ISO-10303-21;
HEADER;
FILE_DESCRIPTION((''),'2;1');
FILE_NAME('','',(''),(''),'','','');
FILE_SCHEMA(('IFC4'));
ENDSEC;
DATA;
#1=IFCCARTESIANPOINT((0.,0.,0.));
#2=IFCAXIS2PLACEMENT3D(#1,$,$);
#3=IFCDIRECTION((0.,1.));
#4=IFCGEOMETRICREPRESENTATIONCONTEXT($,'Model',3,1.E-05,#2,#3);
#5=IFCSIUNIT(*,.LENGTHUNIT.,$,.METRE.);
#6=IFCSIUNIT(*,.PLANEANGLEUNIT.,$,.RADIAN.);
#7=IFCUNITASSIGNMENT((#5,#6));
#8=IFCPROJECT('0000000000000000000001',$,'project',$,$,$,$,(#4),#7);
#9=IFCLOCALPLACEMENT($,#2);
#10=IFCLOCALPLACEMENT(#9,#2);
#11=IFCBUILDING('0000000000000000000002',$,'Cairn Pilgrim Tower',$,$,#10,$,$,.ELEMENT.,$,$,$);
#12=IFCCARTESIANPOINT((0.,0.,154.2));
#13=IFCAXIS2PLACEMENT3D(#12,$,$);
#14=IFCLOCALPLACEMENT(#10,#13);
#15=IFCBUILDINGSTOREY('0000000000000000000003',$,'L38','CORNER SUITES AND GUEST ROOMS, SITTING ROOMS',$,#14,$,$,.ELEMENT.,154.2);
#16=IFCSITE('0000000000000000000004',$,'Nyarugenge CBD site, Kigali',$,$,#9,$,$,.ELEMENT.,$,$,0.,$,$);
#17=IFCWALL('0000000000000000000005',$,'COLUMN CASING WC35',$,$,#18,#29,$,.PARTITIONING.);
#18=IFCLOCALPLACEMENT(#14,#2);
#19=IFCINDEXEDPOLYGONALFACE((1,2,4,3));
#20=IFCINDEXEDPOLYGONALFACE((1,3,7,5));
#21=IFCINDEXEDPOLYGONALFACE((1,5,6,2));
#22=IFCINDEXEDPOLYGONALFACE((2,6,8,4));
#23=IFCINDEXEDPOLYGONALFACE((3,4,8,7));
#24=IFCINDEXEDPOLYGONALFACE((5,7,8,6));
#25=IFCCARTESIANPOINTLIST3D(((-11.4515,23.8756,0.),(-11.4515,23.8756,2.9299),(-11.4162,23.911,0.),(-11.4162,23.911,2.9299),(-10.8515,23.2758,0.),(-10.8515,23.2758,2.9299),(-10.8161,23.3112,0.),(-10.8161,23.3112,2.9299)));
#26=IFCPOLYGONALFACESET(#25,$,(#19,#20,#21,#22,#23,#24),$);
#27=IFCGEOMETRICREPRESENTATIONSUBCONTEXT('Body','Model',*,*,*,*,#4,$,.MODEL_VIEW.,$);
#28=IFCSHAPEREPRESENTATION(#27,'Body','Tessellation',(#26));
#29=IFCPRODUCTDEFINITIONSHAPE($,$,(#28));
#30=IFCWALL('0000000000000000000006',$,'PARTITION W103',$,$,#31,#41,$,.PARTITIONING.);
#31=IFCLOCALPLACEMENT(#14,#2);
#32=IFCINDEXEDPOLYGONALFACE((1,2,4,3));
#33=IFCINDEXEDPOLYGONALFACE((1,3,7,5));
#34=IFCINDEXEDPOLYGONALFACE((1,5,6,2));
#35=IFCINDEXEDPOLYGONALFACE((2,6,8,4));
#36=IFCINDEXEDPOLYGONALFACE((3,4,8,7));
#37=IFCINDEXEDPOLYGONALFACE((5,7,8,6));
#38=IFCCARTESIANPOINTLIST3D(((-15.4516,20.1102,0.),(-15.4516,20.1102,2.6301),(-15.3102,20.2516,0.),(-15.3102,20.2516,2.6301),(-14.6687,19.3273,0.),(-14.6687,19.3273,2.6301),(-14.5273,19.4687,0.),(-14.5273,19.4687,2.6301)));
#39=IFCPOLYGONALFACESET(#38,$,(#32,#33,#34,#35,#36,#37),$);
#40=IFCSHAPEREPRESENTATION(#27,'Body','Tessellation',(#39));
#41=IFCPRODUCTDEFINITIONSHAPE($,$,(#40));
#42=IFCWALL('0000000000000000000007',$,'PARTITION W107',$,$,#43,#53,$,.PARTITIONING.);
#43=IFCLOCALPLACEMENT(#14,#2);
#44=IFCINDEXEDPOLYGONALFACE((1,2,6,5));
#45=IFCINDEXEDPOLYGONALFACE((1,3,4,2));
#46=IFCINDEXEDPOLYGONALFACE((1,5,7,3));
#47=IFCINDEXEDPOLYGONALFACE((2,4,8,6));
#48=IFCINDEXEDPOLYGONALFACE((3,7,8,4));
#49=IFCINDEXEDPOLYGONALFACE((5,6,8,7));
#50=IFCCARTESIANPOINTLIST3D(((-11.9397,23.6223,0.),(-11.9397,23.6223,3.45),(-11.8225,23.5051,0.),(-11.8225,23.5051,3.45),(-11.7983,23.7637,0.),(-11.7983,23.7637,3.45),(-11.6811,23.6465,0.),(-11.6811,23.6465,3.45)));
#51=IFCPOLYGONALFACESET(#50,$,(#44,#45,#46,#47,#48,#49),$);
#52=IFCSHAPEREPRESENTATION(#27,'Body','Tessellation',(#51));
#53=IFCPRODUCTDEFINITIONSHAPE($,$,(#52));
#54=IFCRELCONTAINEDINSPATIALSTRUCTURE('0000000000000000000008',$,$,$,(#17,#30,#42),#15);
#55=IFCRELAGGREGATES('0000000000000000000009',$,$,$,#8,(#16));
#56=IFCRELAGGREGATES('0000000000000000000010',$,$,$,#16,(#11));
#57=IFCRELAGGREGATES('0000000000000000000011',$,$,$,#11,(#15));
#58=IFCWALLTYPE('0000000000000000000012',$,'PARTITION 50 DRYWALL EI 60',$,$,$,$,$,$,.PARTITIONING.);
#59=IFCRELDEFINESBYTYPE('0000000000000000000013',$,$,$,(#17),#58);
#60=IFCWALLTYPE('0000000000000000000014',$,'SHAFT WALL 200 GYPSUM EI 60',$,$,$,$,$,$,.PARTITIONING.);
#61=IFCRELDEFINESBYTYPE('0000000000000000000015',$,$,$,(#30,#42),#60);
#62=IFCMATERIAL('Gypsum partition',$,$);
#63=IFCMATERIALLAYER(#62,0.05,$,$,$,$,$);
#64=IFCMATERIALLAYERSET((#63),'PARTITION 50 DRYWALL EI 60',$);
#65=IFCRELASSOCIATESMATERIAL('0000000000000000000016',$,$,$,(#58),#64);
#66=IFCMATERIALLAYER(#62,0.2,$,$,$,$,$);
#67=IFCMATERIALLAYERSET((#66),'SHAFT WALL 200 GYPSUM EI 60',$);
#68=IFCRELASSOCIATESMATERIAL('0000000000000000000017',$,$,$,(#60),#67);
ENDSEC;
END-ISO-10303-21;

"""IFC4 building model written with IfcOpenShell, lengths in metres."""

from ifc_helpers import new_model, si_unit, direction, frame, frame_2d, origin, place, context, subcontext, project, spatial, rectangle, extrude, material, layer, layer_set, type_object, element, save


model = new_model("IFC4")

# Units and contexts
model_context = context("Model", 3, precision=1e-05, world=origin(), true_north=direction((0.0, 1.0)))
body_context = subcontext(model_context, "Body", "Model", "MODEL_VIEW")
ifc_project = project(units=[si_unit("LENGTHUNIT", "METRE"), si_unit("PLANEANGLEUNIT", "RADIAN")], contexts=[model_context])

# Site, building, storey
site_placement = place(None, origin())
site = spatial("IfcSite", under=ifc_project, at=site_placement, Name="Nyarugenge CBD site, Kigali", CompositionType="ELEMENT", RefElevation=0.0)
building_placement = place(site_placement, origin())
building = spatial("IfcBuilding", under=site, at=building_placement, Name="Cairn Pilgrim Tower", CompositionType="ELEMENT")
storey_placement = place(building_placement, frame((0.0, 0.0, 154.2)))
storey = spatial("IfcBuildingStorey", under=building, at=storey_placement, Name="L38", Description="CORNER SUITES AND GUEST ROOMS, SITTING ROOMS", CompositionType="ELEMENT", Elevation=154.2)

# Walls
ifc_material_1 = material(Name="Gypsum partition")
ifc_layer_1 = layer(ifc_material_1, 0.05)
ifc_layer_set_1 = layer_set([ifc_layer_1], Name="PARTITION 50 DRYWALL EI 60")
wall_type_1 = type_object("IfcWallType", Name="PARTITION 50 DRYWALL EI 60", PredefinedType="PARTITIONING", material=ifc_layer_set_1)
wall_1_placement = place(storey_placement, frame((-10.8337, 23.2935, 0.0), z_axis=(0.0, 0.0, 1.0), x_axis=(-0.707251, 0.706963, 0.0)))
element("IfcWall", 1, at=wall_1_placement, inside=storey, type_object=wall_type_1, Name="COLUMN CASING WC35", PredefinedType="PARTITIONING", context=body_context, shape_type="SweptSolid", body=[
    extrude(rectangle(XDim=0.8484, YDim=0.05, at=frame_2d((0.4243, 0.0))), origin(), (0.0, 0.0, 1.0), 2.9299),
])
ifc_layer_2 = layer(ifc_material_1, 0.2)
ifc_layer_set_2 = layer_set([ifc_layer_2], Name="SHAFT WALL 200 GYPSUM EI 60")
wall_type_2 = type_object("IfcWallType", Name="SHAFT WALL 200 GYPSUM EI 60", PredefinedType="PARTITIONING", material=ifc_layer_set_2)
wall_2_placement = place(storey_placement, frame((-14.5979, 19.3979, 0.0), z_axis=(0.0, 0.0, 1.0), x_axis=(-0.707107, 0.707107, 0.0)))
element("IfcWall", 2, at=wall_2_placement, inside=storey, type_object=wall_type_2, Name="PARTITION W103", PredefinedType="PARTITIONING", context=body_context, shape_type="SweptSolid", body=[
    extrude(rectangle(XDim=1.1072, YDim=0.2, at=frame_2d((0.5537, 0.0))), origin(), (0.0, 0.0, 1.0), 2.6301),
])
wall_3_placement = place(storey_placement, frame((-11.7517, 23.5757, 0.0), z_axis=(0.0, 0.0, 1.0), x_axis=(-0.707107, 0.707107, 0.0)))
element("IfcWall", 3, at=wall_3_placement, inside=storey, type_object=wall_type_2, Name="PARTITION W107", PredefinedType="PARTITIONING", context=body_context, shape_type="SweptSolid", body=[
    extrude(rectangle(XDim=0.1658, YDim=0.2, at=frame_2d((0.083, 0.0))), origin(), (0.0, 0.0, 1.0), 3.45),
])

save(model, "model.ifc")
